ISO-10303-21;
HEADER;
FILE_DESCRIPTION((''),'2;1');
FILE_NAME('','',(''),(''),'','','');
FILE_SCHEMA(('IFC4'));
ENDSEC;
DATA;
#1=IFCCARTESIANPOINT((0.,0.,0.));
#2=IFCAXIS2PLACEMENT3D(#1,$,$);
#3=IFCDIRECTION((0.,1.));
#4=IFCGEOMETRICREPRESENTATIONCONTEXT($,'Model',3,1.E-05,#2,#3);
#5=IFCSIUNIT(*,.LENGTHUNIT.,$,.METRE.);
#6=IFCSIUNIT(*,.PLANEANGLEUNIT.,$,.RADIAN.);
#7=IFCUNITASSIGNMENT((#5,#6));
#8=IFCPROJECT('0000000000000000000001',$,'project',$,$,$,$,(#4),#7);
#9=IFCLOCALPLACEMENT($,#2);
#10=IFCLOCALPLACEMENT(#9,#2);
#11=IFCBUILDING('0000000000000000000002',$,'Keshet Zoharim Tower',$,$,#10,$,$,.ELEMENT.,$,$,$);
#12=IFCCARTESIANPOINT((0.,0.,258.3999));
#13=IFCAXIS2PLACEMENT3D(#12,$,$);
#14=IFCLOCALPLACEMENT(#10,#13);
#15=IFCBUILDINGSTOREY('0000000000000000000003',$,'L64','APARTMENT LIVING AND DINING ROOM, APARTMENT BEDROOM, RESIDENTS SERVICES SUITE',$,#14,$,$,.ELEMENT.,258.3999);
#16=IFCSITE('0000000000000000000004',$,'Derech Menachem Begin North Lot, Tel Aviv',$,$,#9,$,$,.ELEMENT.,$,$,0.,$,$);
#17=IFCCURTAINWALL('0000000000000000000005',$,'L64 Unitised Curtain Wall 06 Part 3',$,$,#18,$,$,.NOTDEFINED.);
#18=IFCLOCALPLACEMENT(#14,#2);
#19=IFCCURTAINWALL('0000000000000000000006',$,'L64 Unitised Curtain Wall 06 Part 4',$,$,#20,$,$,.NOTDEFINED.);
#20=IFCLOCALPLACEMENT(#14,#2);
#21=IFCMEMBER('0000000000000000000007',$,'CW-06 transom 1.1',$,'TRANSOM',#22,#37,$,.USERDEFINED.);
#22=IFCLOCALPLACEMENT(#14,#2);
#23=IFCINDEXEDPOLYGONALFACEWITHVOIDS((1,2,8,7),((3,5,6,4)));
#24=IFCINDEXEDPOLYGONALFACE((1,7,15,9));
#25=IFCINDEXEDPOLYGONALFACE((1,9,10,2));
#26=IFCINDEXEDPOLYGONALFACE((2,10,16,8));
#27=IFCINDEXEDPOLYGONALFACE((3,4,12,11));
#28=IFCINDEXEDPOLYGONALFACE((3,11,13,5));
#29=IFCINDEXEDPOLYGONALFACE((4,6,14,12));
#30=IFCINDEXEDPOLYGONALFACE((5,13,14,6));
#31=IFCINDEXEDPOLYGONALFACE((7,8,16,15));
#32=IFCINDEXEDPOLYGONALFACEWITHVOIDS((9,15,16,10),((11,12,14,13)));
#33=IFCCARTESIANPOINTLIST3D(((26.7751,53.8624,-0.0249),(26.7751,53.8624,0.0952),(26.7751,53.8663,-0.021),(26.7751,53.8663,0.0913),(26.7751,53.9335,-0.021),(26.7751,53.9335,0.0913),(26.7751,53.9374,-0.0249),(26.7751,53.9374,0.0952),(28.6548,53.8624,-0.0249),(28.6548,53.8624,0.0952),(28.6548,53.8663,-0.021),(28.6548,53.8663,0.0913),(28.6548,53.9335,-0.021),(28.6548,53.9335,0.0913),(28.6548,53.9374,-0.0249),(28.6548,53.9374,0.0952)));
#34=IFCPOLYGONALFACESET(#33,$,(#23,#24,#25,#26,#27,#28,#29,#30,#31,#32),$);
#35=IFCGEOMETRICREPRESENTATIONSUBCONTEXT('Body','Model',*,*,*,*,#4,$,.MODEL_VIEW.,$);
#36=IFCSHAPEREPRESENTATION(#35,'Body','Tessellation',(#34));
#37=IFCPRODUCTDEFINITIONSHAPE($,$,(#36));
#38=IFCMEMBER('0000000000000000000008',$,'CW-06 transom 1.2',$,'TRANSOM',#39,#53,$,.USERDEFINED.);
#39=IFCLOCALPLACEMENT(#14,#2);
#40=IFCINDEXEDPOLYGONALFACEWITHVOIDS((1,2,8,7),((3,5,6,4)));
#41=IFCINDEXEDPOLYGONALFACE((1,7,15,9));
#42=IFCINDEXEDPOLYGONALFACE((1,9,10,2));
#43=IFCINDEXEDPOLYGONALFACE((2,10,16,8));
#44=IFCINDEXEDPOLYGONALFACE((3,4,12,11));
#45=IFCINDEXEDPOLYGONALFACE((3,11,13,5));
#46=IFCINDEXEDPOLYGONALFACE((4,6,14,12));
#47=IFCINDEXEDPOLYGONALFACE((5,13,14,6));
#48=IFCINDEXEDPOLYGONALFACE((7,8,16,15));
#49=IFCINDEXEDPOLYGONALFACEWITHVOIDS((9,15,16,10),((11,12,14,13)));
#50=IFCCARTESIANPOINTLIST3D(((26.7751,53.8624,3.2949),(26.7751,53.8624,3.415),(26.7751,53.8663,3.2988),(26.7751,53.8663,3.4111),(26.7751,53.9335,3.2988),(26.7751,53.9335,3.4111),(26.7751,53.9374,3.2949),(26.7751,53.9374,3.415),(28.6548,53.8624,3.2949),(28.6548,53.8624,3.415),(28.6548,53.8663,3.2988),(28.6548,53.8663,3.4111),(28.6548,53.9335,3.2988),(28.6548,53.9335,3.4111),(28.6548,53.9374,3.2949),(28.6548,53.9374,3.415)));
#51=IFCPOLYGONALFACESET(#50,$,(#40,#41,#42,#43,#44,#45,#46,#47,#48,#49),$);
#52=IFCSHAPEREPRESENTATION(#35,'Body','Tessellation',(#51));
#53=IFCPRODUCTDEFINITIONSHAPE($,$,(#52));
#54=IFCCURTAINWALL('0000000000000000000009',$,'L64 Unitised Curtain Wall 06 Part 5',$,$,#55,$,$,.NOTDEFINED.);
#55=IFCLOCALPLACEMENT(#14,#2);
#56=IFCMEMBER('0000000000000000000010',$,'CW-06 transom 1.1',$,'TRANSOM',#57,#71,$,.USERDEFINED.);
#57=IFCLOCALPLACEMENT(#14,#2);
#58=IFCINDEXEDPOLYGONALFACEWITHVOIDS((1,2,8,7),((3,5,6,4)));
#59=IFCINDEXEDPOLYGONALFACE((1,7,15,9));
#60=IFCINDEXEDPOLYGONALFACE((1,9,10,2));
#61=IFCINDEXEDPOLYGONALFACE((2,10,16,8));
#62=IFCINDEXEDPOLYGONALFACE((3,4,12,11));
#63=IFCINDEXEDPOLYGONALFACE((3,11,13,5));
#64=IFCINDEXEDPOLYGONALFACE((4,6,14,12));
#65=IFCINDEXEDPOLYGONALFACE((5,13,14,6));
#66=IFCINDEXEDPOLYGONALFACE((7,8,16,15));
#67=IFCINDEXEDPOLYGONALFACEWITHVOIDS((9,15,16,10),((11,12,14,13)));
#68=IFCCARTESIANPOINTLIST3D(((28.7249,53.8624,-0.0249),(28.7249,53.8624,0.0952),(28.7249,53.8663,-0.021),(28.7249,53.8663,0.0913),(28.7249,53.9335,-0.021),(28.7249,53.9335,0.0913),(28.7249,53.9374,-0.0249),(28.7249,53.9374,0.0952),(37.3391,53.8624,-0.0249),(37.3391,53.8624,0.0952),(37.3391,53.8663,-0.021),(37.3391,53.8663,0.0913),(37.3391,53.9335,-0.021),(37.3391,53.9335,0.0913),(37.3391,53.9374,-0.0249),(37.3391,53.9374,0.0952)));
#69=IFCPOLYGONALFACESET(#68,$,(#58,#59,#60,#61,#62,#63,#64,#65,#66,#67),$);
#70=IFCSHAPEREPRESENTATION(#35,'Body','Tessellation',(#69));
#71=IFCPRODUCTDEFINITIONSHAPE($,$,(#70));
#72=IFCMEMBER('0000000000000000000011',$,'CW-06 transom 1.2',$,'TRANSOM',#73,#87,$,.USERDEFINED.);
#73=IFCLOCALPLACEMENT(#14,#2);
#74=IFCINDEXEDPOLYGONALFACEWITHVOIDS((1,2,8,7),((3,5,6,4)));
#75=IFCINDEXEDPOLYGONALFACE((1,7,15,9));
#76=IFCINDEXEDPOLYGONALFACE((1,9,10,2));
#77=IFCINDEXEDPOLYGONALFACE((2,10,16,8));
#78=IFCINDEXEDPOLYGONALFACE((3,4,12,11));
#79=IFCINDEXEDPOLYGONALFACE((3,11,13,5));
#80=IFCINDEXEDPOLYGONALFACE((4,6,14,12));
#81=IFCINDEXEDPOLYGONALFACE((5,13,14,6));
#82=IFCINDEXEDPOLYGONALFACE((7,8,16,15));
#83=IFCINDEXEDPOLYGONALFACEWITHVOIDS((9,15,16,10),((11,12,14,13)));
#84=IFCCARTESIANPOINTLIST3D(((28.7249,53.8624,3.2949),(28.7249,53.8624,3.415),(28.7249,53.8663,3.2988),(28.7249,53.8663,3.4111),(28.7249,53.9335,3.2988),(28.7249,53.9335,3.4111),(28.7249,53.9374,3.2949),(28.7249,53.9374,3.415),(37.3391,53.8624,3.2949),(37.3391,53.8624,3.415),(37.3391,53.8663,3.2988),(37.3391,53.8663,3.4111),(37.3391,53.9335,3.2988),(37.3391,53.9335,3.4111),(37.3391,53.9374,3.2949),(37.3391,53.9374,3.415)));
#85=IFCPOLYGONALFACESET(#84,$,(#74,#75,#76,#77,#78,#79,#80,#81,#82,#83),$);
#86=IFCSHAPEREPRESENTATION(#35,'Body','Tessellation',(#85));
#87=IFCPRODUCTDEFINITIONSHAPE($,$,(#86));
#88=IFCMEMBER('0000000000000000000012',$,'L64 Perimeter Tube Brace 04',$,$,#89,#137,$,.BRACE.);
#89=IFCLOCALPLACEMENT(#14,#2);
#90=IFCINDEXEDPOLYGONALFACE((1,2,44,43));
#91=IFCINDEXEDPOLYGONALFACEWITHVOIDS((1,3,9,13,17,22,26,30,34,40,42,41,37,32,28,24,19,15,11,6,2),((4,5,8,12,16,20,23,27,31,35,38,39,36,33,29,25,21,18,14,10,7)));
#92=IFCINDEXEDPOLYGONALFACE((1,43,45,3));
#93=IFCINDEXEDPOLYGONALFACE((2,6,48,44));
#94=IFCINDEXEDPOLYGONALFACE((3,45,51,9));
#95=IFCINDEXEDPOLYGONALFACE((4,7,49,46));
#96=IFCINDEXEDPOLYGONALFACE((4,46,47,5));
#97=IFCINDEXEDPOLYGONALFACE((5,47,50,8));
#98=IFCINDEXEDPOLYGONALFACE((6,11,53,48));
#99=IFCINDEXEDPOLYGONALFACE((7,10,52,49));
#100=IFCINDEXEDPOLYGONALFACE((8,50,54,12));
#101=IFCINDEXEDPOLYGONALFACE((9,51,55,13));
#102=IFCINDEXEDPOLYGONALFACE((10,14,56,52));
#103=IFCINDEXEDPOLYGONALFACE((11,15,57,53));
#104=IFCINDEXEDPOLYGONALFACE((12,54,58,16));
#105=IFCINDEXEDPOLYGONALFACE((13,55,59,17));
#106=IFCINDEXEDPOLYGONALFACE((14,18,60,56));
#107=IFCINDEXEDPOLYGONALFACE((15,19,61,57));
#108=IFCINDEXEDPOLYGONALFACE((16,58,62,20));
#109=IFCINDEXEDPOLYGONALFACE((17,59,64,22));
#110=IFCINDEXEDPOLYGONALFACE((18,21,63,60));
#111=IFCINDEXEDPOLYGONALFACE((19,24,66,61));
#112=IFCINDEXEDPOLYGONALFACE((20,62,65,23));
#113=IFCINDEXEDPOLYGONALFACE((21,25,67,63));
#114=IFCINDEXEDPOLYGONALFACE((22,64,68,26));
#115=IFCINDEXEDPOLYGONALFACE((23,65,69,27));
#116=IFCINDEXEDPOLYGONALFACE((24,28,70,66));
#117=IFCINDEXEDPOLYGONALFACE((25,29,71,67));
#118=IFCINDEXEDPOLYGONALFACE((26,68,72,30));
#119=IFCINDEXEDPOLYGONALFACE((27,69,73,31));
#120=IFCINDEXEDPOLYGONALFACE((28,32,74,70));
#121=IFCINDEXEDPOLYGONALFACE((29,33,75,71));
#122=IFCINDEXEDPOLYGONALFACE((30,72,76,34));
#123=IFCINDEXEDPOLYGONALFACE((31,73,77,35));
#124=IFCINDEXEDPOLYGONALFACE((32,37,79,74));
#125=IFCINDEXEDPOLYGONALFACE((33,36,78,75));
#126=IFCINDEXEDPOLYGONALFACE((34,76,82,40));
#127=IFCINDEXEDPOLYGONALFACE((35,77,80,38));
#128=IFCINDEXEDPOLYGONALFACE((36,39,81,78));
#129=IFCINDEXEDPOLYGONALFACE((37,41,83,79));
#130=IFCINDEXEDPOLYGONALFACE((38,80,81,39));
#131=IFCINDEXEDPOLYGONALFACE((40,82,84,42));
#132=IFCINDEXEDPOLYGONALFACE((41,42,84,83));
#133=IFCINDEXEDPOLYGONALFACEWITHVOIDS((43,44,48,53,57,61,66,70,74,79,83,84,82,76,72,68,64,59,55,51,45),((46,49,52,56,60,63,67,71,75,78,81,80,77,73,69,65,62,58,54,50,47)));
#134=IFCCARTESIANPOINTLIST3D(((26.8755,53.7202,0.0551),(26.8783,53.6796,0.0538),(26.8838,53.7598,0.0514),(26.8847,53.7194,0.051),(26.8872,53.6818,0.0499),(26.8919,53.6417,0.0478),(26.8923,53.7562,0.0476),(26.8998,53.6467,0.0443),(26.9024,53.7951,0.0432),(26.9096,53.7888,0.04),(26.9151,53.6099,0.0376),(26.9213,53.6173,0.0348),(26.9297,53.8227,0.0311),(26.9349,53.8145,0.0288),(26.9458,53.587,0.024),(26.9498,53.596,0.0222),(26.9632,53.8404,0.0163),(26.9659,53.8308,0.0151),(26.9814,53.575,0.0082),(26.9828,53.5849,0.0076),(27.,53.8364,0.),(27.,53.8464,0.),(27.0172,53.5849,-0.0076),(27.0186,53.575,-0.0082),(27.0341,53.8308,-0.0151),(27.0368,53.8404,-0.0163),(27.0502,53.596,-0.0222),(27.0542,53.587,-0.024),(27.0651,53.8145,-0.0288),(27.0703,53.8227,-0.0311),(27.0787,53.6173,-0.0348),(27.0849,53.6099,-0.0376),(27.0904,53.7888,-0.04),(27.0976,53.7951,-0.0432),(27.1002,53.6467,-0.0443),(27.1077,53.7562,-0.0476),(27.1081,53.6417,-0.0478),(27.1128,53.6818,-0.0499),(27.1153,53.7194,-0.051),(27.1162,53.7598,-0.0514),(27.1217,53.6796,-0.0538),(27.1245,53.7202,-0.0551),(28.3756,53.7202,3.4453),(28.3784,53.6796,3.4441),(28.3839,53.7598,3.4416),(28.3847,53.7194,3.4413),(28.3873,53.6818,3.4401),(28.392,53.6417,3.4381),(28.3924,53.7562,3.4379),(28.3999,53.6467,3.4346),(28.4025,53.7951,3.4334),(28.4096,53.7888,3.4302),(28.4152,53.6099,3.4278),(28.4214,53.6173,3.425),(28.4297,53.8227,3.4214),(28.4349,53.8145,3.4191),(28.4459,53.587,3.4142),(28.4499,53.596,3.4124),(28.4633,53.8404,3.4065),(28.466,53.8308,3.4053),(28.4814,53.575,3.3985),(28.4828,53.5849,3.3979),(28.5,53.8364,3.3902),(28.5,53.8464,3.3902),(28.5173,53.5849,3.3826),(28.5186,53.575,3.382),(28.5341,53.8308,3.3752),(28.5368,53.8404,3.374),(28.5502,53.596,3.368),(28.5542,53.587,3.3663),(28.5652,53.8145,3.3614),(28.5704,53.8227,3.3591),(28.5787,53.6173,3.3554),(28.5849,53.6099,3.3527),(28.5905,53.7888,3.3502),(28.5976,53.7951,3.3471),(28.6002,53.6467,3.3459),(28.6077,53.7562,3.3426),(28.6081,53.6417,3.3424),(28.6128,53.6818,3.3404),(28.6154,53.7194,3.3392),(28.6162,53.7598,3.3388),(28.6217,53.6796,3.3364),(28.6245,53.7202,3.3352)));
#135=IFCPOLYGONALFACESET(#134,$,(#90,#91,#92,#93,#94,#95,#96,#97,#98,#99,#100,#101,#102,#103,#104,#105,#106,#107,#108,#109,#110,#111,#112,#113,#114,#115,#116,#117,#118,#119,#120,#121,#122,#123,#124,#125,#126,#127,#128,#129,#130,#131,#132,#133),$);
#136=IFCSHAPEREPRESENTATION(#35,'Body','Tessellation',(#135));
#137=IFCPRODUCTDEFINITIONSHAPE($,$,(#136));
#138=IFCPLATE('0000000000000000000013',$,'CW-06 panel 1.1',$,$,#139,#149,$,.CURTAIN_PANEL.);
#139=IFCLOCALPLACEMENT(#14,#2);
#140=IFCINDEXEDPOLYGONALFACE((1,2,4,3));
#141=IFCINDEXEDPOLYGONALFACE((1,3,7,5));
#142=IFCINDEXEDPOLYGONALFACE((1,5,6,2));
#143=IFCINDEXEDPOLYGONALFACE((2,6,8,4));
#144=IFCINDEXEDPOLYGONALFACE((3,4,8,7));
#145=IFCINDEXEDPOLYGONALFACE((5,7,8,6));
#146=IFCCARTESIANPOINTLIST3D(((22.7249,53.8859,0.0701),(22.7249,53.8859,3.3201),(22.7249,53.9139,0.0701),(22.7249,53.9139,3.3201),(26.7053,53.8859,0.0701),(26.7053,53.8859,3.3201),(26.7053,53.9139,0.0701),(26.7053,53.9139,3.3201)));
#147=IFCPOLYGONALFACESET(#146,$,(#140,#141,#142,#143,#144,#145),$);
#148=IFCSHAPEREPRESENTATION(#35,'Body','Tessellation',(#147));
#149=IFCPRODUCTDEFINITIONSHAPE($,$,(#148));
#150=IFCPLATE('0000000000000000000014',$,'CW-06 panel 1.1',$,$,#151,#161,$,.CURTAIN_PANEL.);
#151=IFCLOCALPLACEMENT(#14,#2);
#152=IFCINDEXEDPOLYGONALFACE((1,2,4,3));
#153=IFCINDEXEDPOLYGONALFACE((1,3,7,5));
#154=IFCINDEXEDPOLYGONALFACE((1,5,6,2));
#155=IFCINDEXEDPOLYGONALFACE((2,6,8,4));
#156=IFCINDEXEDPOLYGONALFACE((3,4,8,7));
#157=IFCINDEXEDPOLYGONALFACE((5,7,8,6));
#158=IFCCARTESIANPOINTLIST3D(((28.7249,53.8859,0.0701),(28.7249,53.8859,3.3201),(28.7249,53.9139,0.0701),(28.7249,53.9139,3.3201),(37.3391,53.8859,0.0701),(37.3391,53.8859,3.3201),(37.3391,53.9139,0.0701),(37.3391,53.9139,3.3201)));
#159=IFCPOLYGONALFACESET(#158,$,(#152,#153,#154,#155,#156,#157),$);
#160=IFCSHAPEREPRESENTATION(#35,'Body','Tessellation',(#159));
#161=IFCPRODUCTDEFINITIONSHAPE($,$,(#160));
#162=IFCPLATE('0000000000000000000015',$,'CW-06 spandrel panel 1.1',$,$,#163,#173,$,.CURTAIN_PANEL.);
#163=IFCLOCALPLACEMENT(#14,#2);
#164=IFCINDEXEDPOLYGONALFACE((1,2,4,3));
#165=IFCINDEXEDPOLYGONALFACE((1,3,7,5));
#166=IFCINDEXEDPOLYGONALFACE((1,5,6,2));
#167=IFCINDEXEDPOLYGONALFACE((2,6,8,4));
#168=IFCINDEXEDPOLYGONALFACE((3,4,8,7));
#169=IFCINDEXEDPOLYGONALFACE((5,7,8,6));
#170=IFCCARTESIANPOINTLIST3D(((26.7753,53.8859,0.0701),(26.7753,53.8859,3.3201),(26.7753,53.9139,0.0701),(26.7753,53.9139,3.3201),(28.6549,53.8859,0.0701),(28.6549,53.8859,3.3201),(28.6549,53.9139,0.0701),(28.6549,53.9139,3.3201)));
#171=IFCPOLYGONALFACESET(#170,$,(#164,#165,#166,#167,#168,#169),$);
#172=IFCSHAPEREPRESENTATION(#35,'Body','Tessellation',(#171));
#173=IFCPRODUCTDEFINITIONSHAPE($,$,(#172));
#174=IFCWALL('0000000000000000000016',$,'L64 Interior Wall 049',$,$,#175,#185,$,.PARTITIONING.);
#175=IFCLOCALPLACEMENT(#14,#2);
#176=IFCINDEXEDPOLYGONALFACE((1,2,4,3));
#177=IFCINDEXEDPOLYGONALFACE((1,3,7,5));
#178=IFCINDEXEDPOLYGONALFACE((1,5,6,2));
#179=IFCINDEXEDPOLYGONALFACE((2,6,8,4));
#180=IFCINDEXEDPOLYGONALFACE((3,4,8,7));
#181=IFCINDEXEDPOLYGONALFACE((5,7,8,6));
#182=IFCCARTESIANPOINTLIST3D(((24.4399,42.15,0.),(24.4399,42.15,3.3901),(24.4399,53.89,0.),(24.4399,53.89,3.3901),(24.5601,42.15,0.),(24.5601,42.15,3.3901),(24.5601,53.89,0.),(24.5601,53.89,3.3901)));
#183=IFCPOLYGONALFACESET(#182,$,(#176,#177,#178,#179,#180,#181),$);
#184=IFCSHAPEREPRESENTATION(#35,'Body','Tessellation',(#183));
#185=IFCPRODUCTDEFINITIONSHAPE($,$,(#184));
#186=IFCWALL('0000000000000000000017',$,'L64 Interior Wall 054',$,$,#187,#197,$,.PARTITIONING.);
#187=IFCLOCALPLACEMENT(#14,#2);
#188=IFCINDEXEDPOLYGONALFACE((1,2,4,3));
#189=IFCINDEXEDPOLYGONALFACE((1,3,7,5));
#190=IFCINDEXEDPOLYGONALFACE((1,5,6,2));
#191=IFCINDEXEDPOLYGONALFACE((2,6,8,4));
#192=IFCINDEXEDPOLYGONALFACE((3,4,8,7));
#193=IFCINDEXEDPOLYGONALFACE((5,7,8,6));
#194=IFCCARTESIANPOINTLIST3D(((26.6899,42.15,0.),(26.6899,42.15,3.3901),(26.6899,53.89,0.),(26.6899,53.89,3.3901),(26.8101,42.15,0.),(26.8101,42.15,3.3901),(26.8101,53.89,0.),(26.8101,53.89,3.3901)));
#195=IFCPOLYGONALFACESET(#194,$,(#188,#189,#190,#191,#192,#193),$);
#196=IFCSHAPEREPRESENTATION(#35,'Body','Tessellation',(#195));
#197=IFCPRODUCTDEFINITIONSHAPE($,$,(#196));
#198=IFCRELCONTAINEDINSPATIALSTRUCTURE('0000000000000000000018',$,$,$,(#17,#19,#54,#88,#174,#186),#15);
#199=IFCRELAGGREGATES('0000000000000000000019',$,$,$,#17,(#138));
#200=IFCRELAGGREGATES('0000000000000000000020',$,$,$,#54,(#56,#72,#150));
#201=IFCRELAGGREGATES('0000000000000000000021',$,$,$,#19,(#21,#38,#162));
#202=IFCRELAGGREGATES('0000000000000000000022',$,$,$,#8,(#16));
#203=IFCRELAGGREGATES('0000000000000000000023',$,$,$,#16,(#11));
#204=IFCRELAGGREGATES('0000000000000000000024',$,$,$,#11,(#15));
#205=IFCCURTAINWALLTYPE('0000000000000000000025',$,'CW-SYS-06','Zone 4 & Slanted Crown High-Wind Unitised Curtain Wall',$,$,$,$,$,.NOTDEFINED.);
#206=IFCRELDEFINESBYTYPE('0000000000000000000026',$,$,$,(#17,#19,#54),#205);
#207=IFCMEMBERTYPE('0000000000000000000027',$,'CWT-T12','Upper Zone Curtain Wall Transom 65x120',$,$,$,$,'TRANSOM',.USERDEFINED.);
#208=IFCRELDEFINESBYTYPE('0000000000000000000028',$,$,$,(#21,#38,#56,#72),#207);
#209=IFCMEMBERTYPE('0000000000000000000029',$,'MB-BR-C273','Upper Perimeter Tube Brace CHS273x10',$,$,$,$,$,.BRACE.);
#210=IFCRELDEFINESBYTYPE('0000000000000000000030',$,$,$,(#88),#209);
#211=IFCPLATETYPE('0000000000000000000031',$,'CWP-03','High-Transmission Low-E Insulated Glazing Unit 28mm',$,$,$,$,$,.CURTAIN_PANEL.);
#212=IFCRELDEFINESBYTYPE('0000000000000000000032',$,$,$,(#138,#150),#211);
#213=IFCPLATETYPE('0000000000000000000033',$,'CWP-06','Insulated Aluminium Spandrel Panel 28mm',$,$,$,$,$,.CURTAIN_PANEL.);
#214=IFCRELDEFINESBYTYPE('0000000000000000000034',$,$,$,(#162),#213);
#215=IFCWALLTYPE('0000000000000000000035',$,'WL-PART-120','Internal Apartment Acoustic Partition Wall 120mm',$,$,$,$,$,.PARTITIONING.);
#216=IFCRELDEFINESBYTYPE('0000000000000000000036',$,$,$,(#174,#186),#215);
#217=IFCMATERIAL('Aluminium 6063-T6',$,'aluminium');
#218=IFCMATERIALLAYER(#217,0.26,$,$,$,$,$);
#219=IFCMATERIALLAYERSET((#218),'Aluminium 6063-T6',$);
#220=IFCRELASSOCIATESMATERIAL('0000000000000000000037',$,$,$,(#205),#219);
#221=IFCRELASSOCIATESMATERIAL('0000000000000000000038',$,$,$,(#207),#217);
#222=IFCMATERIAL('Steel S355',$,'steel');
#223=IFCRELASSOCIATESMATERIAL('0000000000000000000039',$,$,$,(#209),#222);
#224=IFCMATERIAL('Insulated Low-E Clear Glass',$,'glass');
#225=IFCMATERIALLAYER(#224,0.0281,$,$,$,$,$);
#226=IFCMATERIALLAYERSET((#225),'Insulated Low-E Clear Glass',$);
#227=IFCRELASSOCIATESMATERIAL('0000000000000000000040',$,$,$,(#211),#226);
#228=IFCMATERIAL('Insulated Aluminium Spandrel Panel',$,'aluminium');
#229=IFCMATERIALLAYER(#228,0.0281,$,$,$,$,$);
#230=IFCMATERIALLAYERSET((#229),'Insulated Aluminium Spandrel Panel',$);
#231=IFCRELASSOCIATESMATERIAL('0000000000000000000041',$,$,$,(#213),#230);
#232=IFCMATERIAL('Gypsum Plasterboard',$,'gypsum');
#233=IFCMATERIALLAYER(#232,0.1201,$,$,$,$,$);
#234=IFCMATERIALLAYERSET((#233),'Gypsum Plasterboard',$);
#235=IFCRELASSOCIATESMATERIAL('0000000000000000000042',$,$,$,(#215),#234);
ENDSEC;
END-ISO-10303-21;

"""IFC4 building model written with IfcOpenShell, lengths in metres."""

from ifc_helpers import new_model, si_unit, direction, frame, frame_2d, origin, origin_2d, place, context, subcontext, project, spatial, rectangle, hollow_rectangle, hollow_circle, extrude, material, layer, layer_set, material_profile, profile_set, type_object, element, aggregate, save


model = new_model("IFC4")

# Units and contexts
model_context = context("Model", 3, precision=1e-05, world=origin(), true_north=direction((0.0, 1.0)))
body_context = subcontext(model_context, "Body", "Model", "MODEL_VIEW")
ifc_project = project(units=[si_unit("LENGTHUNIT", "METRE"), si_unit("PLANEANGLEUNIT", "RADIAN")], contexts=[model_context])

# Site, building, storey
site_placement = place(None, origin())
site = spatial("IfcSite", under=ifc_project, at=site_placement, Name="Derech Menachem Begin North Lot, Tel Aviv", CompositionType="ELEMENT", RefElevation=0.0)
building_placement = place(site_placement, origin())
building = spatial("IfcBuilding", under=site, at=building_placement, Name="Keshet Zoharim Tower", CompositionType="ELEMENT")
storey_placement = place(building_placement, frame((0.0, 0.0, 258.3999)))
storey = spatial("IfcBuildingStorey", under=building, at=storey_placement, Name="L64", Description="APARTMENT LIVING AND DINING ROOM, APARTMENT BEDROOM, RESIDENTS SERVICES SUITE", CompositionType="ELEMENT", Elevation=258.3999)

# Shared definitions
ifc_material_1 = material(Name="Steel S355", Category="steel")

# Curtain wall
ifc_material_2 = material(Name="Aluminium 6063-T6", Category="aluminium")
ifc_layer_1 = layer(ifc_material_2, 0.26)
ifc_layer_set_1 = layer_set([ifc_layer_1], Name="Aluminium 6063-T6")
curtain_wall_type = type_object("IfcCurtainWallType", Name="CW-SYS-06", Description="Zone 4 & Slanted Crown High-Wind Unitised Curtain Wall", PredefinedType="NOTDEFINED", material=ifc_layer_set_1)
curtain_wall_1_placement = place(storey_placement, origin())
curtain_wall_1 = element("IfcCurtainWall", 1, at=curtain_wall_1_placement, inside=storey, type_object=curtain_wall_type, Name="L64 Unitised Curtain Wall 06 Part 3", PredefinedType="NOTDEFINED")

# Curtain walls, members
curtain_wall_2_placement = place(storey_placement, origin())
curtain_wall_2 = element("IfcCurtainWall", 2, at=curtain_wall_2_placement, inside=storey, type_object=curtain_wall_type, Name="L64 Unitised Curtain Wall 06 Part 4", PredefinedType="NOTDEFINED")
ifc_material_profile_1 = material_profile(ifc_material_2, hollow_rectangle(XDim=0.075, YDim=0.1201, WallThickness=0.0039, at=origin_2d()), Name="TRN-75x120")
ifc_profile_set_1 = profile_set([ifc_material_profile_1], Name="Aluminium 6063-T6")
member_type_1 = type_object("IfcMemberType", Name="CWT-T12", Description="Upper Zone Curtain Wall Transom 65x120", ElementType="TRANSOM", PredefinedType="USERDEFINED", material=ifc_profile_set_1)
member_1_placement = place(storey_placement, frame((26.7751, 53.8999, 0.0352), z_axis=(1.0, 0.0, 0.0), x_axis=(0.0, 1.0, 0.0)))
member_1 = element("IfcMember", 3, at=member_1_placement, type_object=member_type_1, Name="CW-06 transom 1.1", ObjectType="TRANSOM", PredefinedType="USERDEFINED", context=body_context, shape_type="SweptSolid", body=[
    extrude(hollow_rectangle(XDim=0.075, YDim=0.1201, WallThickness=0.0039, at=origin_2d()), origin(), (0.0, 0.0, 1.0), 1.8796),
])
member_2_placement = place(storey_placement, frame((26.7751, 53.8999, 3.355), z_axis=(1.0, 0.0, 0.0), x_axis=(0.0, 1.0, 0.0)))
member_2 = element("IfcMember", 4, at=member_2_placement, type_object=member_type_1, Name="CW-06 transom 1.2", ObjectType="TRANSOM", PredefinedType="USERDEFINED", context=body_context, shape_type="SweptSolid", body=[
    extrude(hollow_rectangle(XDim=0.075, YDim=0.1201, WallThickness=0.0039, at=origin_2d()), origin(), (0.0, 0.0, 1.0), 1.8796),
])
curtain_wall_3_placement = place(storey_placement, origin())
curtain_wall_3 = element("IfcCurtainWall", 5, at=curtain_wall_3_placement, inside=storey, type_object=curtain_wall_type, Name="L64 Unitised Curtain Wall 06 Part 5", PredefinedType="NOTDEFINED")
member_3_placement = place(storey_placement, frame((28.7249, 53.8999, 0.0352), z_axis=(1.0, 0.0, 0.0), x_axis=(0.0, 1.0, 0.0)))
member_3 = element("IfcMember", 6, at=member_3_placement, type_object=member_type_1, Name="CW-06 transom 1.1", ObjectType="TRANSOM", PredefinedType="USERDEFINED", context=body_context, shape_type="SweptSolid", body=[
    extrude(hollow_rectangle(XDim=0.075, YDim=0.1201, WallThickness=0.0039, at=origin_2d()), origin(), (0.0, 0.0, 1.0), 8.6143),
])
member_4_placement = place(storey_placement, frame((28.7249, 53.8999, 3.355), z_axis=(1.0, 0.0, 0.0), x_axis=(0.0, 1.0, 0.0)))
member_4 = element("IfcMember", 7, at=member_4_placement, type_object=member_type_1, Name="CW-06 transom 1.2", ObjectType="TRANSOM", PredefinedType="USERDEFINED", context=body_context, shape_type="SweptSolid", body=[
    extrude(hollow_rectangle(XDim=0.075, YDim=0.1201, WallThickness=0.0039, at=origin_2d()), origin(), (0.0, 0.0, 1.0), 8.6143),
])

# Member
ifc_material_profile_2 = material_profile(ifc_material_1, hollow_circle(Radius=0.1365, WallThickness=0.01, at=origin_2d()), Name="CHS273x10")
ifc_profile_set_2 = profile_set([ifc_material_profile_2], Name="Steel S355")
member_type_2 = type_object("IfcMemberType", Name="MB-BR-C273", Description="Upper Perimeter Tube Brace CHS273x10", PredefinedType="BRACE", material=ifc_profile_set_2)
member_5_placement = place(storey_placement, frame((27.0, 53.71, 0.0), z_axis=(0.404623, 0.0, 0.914484), x_axis=(0.0, 1.0, 0.0)))
element("IfcMember", 8, at=member_5_placement, inside=storey, type_object=member_type_2, Name="L64 Perimeter Tube Brace 04", PredefinedType="BRACE", context=body_context, shape_type="SweptSolid", body=[
    extrude(hollow_circle(Radius=0.1365, WallThickness=0.01, at=origin_2d()), origin(), (0.0, 0.0, 1.0), 3.7073),
])

# Plates
ifc_material_3 = material(Name="Insulated Low-E Clear Glass", Category="glass")
ifc_layer_2 = layer(ifc_material_3, 0.0281)
ifc_layer_set_2 = layer_set([ifc_layer_2], Name="Insulated Low-E Clear Glass")
plate_type_1 = type_object("IfcPlateType", Name="CWP-03", Description="High-Transmission Low-E Insulated Glazing Unit 28mm", PredefinedType="CURTAIN_PANEL", material=ifc_layer_set_2)
plate_1_placement = place(storey_placement, frame((24.7151, 53.8999, 0.0701), z_axis=(0.0, 0.0, 1.0), x_axis=(1.0, 0.0, 0.0)))
plate_1 = element("IfcPlate", 9, at=plate_1_placement, type_object=plate_type_1, Name="CW-06 panel 1.1", PredefinedType="CURTAIN_PANEL", context=body_context, shape_type="SweptSolid", body=[
    extrude(rectangle(XDim=3.9805, YDim=0.0281, at=origin_2d()), origin(), (0.0, 0.0, 1.0), 3.25),
])
aggregate(curtain_wall_1, [plate_1])
plate_2_placement = place(storey_placement, frame((33.032, 53.8999, 0.0701), z_axis=(0.0, 0.0, 1.0), x_axis=(1.0, 0.0, 0.0)))
plate_2 = element("IfcPlate", 10, at=plate_2_placement, type_object=plate_type_1, Name="CW-06 panel 1.1", PredefinedType="CURTAIN_PANEL", context=body_context, shape_type="SweptSolid", body=[
    extrude(rectangle(XDim=8.6143, YDim=0.0281, at=origin_2d()), origin(), (0.0, 0.0, 1.0), 3.25),
])
aggregate(curtain_wall_3, [member_3, member_4, plate_2])
ifc_material_4 = material(Name="Insulated Aluminium Spandrel Panel", Category="aluminium")
ifc_layer_3 = layer(ifc_material_4, 0.0281)
ifc_layer_set_3 = layer_set([ifc_layer_3], Name="Insulated Aluminium Spandrel Panel")
plate_type_2 = type_object("IfcPlateType", Name="CWP-06", Description="Insulated Aluminium Spandrel Panel 28mm", PredefinedType="CURTAIN_PANEL", material=ifc_layer_set_3)
plate_3_placement = place(storey_placement, frame((27.7151, 53.8999, 0.0701), z_axis=(0.0, 0.0, 1.0), x_axis=(1.0, 0.0, 0.0)))
plate_3 = element("IfcPlate", 11, at=plate_3_placement, type_object=plate_type_2, Name="CW-06 spandrel panel 1.1", PredefinedType="CURTAIN_PANEL", context=body_context, shape_type="SweptSolid", body=[
    extrude(rectangle(XDim=1.8796, YDim=0.0281, at=origin_2d()), origin(), (0.0, 0.0, 1.0), 3.25),
])
aggregate(curtain_wall_2, [member_1, member_2, plate_3])

# Walls
ifc_material_5 = material(Name="Gypsum Plasterboard", Category="gypsum")
ifc_layer_4 = layer(ifc_material_5, 0.1201)
ifc_layer_set_4 = layer_set([ifc_layer_4], Name="Gypsum Plasterboard")
wall_type_1 = type_object("IfcWallType", Name="WL-PART-120", Description="Internal Apartment Acoustic Partition Wall 120mm", PredefinedType="PARTITIONING", material=ifc_layer_set_4)
for number, where, z_axis, x_axis, name in (
    (12, (24.5, 42.1499, 0.0), (0.0, 0.0, 1.0), (0.0, 1.0, 0.0), "L64 Interior Wall 049"),
    (13, (26.75, 42.1499, 0.0), (0.0, 0.0, 1.0), (0.0, 1.0, 0.0), "L64 Interior Wall 054"),
):
    element("IfcWall", number, at=place(storey_placement, frame(where, z_axis=z_axis, x_axis=x_axis)), inside=storey, type_object=wall_type_1, Name=name, PredefinedType="PARTITIONING", context=body_context, shape_type="SweptSolid", body=[
        extrude(rectangle(XDim=11.74, YDim=0.1201, at=frame_2d((5.8701, 0.0))), origin(), (0.0, 0.0, 1.0), 3.3901),
    ])

save(model, "model.ifc")
